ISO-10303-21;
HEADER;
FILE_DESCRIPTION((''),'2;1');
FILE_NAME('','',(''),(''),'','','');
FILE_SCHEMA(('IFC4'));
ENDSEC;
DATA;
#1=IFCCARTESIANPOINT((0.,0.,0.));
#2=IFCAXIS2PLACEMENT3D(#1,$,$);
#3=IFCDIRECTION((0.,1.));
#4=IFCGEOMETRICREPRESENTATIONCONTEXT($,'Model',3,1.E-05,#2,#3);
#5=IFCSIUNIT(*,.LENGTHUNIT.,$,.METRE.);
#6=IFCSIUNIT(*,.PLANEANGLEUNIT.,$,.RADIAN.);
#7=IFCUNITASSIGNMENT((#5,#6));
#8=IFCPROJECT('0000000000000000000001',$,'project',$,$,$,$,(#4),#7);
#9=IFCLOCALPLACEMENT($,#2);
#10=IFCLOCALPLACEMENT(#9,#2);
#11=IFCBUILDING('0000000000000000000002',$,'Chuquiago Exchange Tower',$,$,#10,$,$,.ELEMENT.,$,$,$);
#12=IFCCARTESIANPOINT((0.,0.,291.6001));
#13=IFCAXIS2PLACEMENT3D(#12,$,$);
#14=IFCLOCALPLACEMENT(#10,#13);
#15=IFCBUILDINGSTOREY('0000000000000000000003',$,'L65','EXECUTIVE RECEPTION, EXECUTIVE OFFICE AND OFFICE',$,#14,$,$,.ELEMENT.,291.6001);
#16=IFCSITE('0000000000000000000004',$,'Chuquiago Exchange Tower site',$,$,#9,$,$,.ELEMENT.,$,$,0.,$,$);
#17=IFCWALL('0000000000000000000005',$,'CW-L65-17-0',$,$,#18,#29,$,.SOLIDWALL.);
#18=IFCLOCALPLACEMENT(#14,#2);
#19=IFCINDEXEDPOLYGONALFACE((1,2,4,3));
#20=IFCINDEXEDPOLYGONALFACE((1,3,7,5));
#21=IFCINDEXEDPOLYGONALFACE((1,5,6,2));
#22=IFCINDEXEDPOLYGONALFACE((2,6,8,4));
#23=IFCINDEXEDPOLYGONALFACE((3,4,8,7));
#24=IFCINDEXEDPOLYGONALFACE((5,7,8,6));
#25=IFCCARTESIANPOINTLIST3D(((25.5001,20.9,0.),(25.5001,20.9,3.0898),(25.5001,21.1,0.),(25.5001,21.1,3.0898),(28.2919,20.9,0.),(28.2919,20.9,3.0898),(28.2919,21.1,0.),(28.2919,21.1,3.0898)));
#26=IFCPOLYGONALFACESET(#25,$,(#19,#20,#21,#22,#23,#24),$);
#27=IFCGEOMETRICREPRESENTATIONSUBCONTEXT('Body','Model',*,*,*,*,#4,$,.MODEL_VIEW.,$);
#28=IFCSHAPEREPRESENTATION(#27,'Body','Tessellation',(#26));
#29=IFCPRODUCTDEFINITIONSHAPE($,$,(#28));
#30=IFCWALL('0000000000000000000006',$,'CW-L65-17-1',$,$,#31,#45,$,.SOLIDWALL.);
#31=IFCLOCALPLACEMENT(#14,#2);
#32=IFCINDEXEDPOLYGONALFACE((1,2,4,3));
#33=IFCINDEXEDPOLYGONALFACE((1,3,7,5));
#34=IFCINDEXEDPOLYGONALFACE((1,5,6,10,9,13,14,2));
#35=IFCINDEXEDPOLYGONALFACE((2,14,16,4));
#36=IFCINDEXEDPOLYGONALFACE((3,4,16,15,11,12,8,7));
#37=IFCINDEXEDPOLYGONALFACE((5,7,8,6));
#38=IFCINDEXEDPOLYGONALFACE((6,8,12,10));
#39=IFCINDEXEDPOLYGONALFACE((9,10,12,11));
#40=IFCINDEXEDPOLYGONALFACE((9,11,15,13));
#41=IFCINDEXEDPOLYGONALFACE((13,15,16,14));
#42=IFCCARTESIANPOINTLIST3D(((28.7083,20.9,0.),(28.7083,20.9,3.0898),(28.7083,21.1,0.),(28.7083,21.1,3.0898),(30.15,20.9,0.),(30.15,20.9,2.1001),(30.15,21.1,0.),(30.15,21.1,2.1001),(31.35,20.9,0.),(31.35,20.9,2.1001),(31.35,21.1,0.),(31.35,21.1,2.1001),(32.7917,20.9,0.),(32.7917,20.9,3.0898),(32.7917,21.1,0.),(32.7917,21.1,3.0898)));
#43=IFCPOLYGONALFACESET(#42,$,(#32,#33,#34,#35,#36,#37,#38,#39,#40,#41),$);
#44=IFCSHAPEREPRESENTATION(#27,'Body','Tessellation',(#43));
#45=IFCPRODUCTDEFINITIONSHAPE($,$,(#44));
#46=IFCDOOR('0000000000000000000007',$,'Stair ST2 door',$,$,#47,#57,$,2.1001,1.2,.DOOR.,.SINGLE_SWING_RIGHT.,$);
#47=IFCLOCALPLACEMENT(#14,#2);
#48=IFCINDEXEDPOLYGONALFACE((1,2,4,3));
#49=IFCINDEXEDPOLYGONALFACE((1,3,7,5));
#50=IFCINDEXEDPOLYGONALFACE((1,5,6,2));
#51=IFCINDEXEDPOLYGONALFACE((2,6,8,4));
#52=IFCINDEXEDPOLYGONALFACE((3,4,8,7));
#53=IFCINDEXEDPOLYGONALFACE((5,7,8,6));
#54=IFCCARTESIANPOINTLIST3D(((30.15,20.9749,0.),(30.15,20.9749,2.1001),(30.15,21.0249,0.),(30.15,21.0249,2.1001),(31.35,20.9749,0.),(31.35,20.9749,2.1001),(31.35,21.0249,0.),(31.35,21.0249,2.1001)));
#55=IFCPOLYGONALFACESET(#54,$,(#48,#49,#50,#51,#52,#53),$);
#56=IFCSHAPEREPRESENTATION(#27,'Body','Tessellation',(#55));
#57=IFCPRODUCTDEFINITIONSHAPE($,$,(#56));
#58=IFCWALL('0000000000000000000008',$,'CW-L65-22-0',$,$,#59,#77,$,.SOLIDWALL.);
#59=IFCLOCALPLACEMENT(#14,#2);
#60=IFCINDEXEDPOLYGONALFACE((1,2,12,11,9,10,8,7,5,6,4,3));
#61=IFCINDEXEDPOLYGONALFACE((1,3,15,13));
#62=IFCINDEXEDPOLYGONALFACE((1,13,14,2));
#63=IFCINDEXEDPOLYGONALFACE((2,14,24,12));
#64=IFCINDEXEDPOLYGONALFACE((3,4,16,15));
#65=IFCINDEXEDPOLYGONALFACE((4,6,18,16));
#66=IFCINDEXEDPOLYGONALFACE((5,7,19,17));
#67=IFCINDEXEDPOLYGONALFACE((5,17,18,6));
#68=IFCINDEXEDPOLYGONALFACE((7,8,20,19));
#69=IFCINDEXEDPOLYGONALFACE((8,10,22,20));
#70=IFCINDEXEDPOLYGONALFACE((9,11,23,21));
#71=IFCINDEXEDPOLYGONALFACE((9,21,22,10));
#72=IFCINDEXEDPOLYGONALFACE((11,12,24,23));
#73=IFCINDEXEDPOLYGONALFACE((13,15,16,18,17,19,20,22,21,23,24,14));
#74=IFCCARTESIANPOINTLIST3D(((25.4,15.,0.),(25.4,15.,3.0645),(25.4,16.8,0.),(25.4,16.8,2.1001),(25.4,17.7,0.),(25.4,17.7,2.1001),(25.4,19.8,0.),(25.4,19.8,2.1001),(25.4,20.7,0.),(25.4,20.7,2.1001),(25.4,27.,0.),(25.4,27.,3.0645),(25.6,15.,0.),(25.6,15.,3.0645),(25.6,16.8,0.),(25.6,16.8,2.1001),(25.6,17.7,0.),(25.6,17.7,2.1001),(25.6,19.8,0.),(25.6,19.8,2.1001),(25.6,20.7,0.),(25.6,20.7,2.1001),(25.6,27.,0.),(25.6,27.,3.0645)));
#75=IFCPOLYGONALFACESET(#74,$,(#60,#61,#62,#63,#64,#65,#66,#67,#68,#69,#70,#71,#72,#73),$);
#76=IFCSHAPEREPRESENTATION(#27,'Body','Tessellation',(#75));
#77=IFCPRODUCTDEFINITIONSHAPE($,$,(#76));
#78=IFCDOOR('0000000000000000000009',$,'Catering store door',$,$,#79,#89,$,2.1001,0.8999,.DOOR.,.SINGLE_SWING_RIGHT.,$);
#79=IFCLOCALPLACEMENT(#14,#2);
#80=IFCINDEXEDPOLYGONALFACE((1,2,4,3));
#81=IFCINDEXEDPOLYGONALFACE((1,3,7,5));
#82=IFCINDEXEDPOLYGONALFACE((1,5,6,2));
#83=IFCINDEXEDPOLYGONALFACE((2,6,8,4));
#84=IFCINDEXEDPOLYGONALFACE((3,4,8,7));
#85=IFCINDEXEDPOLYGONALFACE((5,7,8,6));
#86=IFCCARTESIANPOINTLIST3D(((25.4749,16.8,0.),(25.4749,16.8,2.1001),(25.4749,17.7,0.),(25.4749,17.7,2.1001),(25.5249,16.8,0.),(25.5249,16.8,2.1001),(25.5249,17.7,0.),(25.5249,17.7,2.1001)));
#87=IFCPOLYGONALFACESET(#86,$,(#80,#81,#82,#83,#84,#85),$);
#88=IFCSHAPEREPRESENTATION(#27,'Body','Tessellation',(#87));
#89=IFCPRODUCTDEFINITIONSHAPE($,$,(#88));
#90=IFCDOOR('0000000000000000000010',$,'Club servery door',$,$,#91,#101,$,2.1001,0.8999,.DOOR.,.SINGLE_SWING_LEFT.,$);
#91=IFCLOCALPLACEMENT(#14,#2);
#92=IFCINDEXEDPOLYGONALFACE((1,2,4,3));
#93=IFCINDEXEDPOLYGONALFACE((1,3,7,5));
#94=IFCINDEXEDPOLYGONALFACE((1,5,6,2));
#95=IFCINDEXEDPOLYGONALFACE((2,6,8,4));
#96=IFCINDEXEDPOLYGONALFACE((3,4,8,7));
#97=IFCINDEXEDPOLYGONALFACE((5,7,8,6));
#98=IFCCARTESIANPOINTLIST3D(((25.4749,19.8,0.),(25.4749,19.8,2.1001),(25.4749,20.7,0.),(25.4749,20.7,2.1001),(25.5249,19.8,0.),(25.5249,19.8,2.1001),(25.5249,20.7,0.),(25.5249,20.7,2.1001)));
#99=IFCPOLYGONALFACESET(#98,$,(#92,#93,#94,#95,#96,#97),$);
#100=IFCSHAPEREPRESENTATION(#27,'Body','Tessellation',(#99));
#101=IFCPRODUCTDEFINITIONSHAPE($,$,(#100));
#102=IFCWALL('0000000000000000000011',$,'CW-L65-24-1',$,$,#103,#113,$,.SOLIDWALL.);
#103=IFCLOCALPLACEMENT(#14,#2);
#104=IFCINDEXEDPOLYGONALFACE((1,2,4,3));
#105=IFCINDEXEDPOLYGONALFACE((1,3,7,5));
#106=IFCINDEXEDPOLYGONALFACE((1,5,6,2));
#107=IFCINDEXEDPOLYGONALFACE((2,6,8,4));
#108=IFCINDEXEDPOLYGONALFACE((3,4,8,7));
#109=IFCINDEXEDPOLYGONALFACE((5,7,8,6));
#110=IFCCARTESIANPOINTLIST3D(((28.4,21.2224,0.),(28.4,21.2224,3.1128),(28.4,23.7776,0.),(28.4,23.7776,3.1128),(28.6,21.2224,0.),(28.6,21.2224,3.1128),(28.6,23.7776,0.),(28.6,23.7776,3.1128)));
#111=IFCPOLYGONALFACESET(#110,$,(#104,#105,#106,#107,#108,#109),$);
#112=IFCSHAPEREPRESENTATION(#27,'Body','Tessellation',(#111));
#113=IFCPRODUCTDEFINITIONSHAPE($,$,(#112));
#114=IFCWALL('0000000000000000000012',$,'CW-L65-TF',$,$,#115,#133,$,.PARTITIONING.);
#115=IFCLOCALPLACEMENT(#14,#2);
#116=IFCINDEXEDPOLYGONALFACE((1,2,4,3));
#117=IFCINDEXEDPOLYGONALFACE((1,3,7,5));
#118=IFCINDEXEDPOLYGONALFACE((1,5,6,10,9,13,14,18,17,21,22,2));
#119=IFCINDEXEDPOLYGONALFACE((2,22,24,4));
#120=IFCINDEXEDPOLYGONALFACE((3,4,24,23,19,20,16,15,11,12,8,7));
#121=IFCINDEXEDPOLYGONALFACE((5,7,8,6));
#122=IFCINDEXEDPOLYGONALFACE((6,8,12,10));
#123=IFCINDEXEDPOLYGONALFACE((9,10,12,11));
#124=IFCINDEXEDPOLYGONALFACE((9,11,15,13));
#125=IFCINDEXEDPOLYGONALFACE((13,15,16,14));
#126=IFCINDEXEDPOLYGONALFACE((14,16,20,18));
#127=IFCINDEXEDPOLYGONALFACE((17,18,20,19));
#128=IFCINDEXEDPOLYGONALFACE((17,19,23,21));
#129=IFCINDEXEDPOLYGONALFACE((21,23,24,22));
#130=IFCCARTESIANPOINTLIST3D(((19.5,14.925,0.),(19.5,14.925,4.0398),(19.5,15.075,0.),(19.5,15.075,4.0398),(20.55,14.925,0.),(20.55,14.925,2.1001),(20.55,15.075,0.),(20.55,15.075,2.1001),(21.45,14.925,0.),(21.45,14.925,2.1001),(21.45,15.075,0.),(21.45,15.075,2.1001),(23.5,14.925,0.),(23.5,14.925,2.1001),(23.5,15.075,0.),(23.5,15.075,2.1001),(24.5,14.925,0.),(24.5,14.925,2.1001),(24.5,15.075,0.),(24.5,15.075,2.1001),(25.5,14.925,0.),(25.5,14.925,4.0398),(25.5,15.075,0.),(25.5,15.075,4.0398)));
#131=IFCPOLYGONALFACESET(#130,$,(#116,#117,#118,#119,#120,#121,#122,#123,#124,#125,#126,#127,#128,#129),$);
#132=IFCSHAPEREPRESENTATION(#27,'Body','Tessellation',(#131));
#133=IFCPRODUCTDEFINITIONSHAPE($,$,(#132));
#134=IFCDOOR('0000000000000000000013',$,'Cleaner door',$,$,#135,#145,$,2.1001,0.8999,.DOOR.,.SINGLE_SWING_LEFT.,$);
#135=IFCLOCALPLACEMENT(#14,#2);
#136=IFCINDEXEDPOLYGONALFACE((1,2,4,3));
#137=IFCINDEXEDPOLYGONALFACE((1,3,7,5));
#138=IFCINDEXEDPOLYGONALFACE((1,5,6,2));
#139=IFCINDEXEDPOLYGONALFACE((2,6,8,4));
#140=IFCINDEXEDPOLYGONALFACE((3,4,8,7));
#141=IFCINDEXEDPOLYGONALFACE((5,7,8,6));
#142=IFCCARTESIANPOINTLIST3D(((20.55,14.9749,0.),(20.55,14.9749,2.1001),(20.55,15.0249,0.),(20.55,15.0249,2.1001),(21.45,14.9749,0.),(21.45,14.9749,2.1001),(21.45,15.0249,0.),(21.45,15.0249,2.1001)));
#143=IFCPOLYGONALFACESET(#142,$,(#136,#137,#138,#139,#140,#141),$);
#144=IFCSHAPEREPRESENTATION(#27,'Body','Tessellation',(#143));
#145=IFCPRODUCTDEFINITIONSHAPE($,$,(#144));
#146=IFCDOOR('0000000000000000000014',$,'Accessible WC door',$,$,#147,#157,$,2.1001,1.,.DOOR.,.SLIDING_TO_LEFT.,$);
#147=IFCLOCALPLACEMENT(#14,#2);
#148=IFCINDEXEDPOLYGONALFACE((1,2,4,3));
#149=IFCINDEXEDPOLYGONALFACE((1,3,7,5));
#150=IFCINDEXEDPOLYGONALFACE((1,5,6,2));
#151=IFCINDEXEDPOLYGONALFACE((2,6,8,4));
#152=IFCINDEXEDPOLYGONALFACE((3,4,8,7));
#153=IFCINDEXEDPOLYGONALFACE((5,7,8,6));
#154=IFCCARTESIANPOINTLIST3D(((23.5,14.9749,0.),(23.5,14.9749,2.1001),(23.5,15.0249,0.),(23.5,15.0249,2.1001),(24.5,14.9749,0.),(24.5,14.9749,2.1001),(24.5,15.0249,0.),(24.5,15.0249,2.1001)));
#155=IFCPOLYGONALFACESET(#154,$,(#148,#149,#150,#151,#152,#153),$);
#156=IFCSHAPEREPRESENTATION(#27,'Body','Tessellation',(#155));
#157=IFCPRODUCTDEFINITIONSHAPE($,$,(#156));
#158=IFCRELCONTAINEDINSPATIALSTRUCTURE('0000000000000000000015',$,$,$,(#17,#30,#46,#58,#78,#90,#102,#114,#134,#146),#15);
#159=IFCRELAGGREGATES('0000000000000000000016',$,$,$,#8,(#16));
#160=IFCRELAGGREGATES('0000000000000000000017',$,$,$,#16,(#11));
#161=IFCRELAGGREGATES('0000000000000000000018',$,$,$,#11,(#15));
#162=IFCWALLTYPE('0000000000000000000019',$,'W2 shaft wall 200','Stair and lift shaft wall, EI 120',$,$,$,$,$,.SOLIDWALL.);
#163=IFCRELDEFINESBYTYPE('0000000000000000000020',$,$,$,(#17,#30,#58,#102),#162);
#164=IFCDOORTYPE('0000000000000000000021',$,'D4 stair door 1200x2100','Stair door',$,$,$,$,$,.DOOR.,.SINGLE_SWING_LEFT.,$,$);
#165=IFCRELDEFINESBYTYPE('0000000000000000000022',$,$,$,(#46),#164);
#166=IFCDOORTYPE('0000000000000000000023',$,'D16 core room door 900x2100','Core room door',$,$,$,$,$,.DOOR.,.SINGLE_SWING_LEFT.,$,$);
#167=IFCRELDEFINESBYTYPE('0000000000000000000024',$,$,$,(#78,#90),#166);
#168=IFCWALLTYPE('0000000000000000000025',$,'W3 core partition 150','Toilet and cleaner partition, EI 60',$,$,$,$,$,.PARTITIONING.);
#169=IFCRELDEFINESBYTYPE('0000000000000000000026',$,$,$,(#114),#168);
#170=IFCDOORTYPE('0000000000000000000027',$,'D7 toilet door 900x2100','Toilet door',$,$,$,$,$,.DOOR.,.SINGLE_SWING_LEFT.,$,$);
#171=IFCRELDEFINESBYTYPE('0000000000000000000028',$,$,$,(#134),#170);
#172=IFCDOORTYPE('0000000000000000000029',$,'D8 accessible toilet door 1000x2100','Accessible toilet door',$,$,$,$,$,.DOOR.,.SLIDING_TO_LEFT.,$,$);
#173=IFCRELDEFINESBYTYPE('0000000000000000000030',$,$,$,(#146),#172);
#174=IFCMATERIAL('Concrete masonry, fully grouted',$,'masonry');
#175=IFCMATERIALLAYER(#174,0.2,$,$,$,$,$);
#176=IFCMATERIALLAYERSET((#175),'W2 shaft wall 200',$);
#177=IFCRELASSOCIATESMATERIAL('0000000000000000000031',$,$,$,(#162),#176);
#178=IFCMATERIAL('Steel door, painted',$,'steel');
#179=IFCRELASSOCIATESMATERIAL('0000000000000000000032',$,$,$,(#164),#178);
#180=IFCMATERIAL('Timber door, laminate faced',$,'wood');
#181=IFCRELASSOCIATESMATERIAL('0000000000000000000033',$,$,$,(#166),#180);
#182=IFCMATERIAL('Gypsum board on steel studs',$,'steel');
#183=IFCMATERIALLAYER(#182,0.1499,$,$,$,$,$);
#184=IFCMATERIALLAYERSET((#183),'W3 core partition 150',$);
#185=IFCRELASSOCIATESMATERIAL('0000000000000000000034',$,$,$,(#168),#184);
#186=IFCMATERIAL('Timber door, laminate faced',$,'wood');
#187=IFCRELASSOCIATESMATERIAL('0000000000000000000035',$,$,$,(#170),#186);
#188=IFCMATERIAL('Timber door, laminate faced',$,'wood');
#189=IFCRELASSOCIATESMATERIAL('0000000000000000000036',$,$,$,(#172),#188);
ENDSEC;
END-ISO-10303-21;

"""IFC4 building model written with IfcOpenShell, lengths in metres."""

from ifc_helpers import new_model, si_unit, direction, frame, frame_2d, origin, place, context, subcontext, project, spatial, rectangle, extrude, material, layer, layer_set, type_object, element, fill, save


model = new_model("IFC4")

# Units and contexts
model_context = context("Model", 3, precision=1e-05, world=origin(), true_north=direction((0.0, 1.0)))
body_context = subcontext(model_context, "Body", "Model", "MODEL_VIEW")
ifc_project = project(units=[si_unit("LENGTHUNIT", "METRE"), si_unit("PLANEANGLEUNIT", "RADIAN")], contexts=[model_context])

# Site, building, storey
site_placement = place(None, origin())
site = spatial("IfcSite", under=ifc_project, at=site_placement, Name="Chuquiago Exchange Tower site", CompositionType="ELEMENT", RefElevation=0.0)
building_placement = place(site_placement, origin())
building = spatial("IfcBuilding", under=site, at=building_placement, Name="Chuquiago Exchange Tower", CompositionType="ELEMENT")
storey_placement = place(building_placement, frame((0.0, 0.0, 291.6001)))
storey = spatial("IfcBuildingStorey", under=building, at=storey_placement, Name="L65", Description="EXECUTIVE RECEPTION, EXECUTIVE OFFICE AND OFFICE", CompositionType="ELEMENT", Elevation=291.6001)

# Shared definitions
ifc_material_1 = material(Name="Concrete masonry, fully grouted", Category="masonry")
ifc_layer_1 = layer(ifc_material_1, 0.2)
ifc_layer_set_1 = layer_set([ifc_layer_1], Name="W2 shaft wall 200")
wall_type_1 = type_object("IfcWallType", Name="W2 shaft wall 200", Description="Stair and lift shaft wall, EI 120", PredefinedType="SOLIDWALL", material=ifc_layer_set_1)

# Wall
wall_1_placement = place(storey_placement, frame((25.5, 21.0, 0.0), z_axis=(0.0, 0.0, 1.0), x_axis=(1.0, 0.0, 0.0)))
element("IfcWall", 1, at=wall_1_placement, inside=storey, type_object=wall_type_1, Name="CW-L65-17-0", PredefinedType="SOLIDWALL", context=body_context, shape_type="SweptSolid", body=[
    extrude(rectangle(XDim=2.7917, YDim=0.2, at=frame_2d((1.396, 0.0))), origin(), (0.0, 0.0, 1.0), 3.0898),
])

# Wall, opening, door
wall_2_placement = place(storey_placement, frame((28.7083, 21.0, 0.0), z_axis=(0.0, 0.0, 1.0), x_axis=(1.0, 0.0, 0.0)))
wall_2 = element("IfcWall", 2, at=wall_2_placement, inside=storey, type_object=wall_type_1, Name="CW-L65-17-1", PredefinedType="SOLIDWALL", context=body_context, shape_type="SweptSolid", body=[
    extrude(rectangle(XDim=4.0835, YDim=0.2, at=frame_2d((2.0417, 0.0))), origin(), (0.0, 0.0, 1.0), 3.0898),
])
opening_1_placement = place(wall_2_placement, frame((1.4417, 0.0, 0.0)))
opening_1 = element("IfcOpeningElement", 3, at=opening_1_placement, cuts=wall_2, PredefinedType="OPENING", context=body_context, shape_type="SweptSolid", body=[
    extrude(rectangle(XDim=1.2, YDim=2.1001, at=frame_2d((0.6001, 1.05))), frame((0.0, 0.1099, 0.0), z_axis=(0.0, -1.0, 0.0), x_axis=(1.0, 0.0, 0.0)), (0.0, 0.0, 1.0), 0.22),
])
ifc_material_2 = material(Name="Steel door, painted", Category="steel")
door_type_1 = type_object("IfcDoorType", Name="D4 stair door 1200x2100", Description="Stair door", OperationType="SINGLE_SWING_LEFT", PredefinedType="DOOR", material=ifc_material_2)
door_1_placement = place(opening_1_placement, origin())
door_1 = element("IfcDoor", 4, at=door_1_placement, inside=storey, type_object=door_type_1, Name="Stair ST2 door", OperationType="SINGLE_SWING_RIGHT", OverallHeight=2.1001, OverallWidth=1.2, PredefinedType="DOOR", context=body_context, shape_type="SweptSolid", body=[
    extrude(rectangle(XDim=1.2, YDim=2.1001, at=frame_2d((0.6001, 1.05))), frame((0.0, 0.0249, 0.0), z_axis=(0.0, -1.0, 0.0), x_axis=(1.0, 0.0, 0.0)), (0.0, 0.0, 1.0), 0.05),
])
fill(opening_1, door_1)

# Wall, openings, doors
wall_3_placement = place(storey_placement, frame((25.5, 15.0, 0.0), z_axis=(0.0, 0.0, 1.0), x_axis=(0.0, 1.0, 0.0)))
wall_3 = element("IfcWall", 5, at=wall_3_placement, inside=storey, type_object=wall_type_1, Name="CW-L65-22-0", PredefinedType="SOLIDWALL", context=body_context, shape_type="SweptSolid", body=[
    extrude(rectangle(XDim=12.0, YDim=0.2, at=frame_2d((6.0, 0.0))), origin(), (0.0, 0.0, 1.0), 3.0645),
])
opening_2_placement = place(wall_3_placement, frame((1.8, 0.0, 0.0)))
opening_2 = element("IfcOpeningElement", 6, at=opening_2_placement, cuts=wall_3, PredefinedType="OPENING", context=body_context, shape_type="SweptSolid", body=[
    extrude(rectangle(XDim=0.8999, YDim=2.1001, at=frame_2d((0.45, 1.05))), frame((0.0, 0.1099, 0.0), z_axis=(0.0, -1.0, 0.0), x_axis=(1.0, 0.0, 0.0)), (0.0, 0.0, 1.0), 0.22),
])
opening_3_placement = place(wall_3_placement, frame((4.8, 0.0, 0.0)))
opening_3 = element("IfcOpeningElement", 7, at=opening_3_placement, cuts=wall_3, PredefinedType="OPENING", context=body_context, shape_type="SweptSolid", body=[
    extrude(rectangle(XDim=0.8999, YDim=2.1001, at=frame_2d((0.45, 1.05))), frame((0.0, 0.1099, 0.0), z_axis=(0.0, -1.0, 0.0), x_axis=(1.0, 0.0, 0.0)), (0.0, 0.0, 1.0), 0.22),
])
ifc_material_3 = material(Name="Timber door, laminate faced", Category="wood")
door_type_2 = type_object("IfcDoorType", Name="D16 core room door 900x2100", Description="Core room door", OperationType="SINGLE_SWING_LEFT", PredefinedType="DOOR", material=ifc_material_3)
door_2_placement = place(opening_2_placement, frame((0.8999, 0.0, 0.0), z_axis=(0.0, 0.0, 1.0), x_axis=(-1.0, 0.0, 0.0)))
door_2 = element("IfcDoor", 8, at=door_2_placement, inside=storey, type_object=door_type_2, Name="Catering store door", OperationType="SINGLE_SWING_RIGHT", OverallHeight=2.1001, OverallWidth=0.8999, PredefinedType="DOOR", context=body_context, shape_type="SweptSolid", body=[
    extrude(rectangle(XDim=0.8999, YDim=2.1001, at=frame_2d((0.45, 1.05))), frame((0.0, 0.0249, 0.0), z_axis=(0.0, -1.0, 0.0), x_axis=(1.0, 0.0, 0.0)), (0.0, 0.0, 1.0), 0.05),
])
fill(opening_2, door_2)
door_3_placement = place(opening_3_placement, frame((0.8999, 0.0, 0.0), z_axis=(0.0, 0.0, 1.0), x_axis=(-1.0, 0.0, 0.0)))
door_3 = element("IfcDoor", 9, at=door_3_placement, inside=storey, type_object=door_type_2, Name="Club servery door", OperationType="SINGLE_SWING_LEFT", OverallHeight=2.1001, OverallWidth=0.8999, PredefinedType="DOOR", context=body_context, shape_type="SweptSolid", body=[
    extrude(rectangle(XDim=0.8999, YDim=2.1001, at=frame_2d((0.45, 1.05))), frame((0.0, 0.0249, 0.0), z_axis=(0.0, -1.0, 0.0), x_axis=(1.0, 0.0, 0.0)), (0.0, 0.0, 1.0), 0.05),
])
fill(opening_3, door_3)

# Wall
wall_4_placement = place(storey_placement, frame((28.5, 21.2224, 0.0), z_axis=(0.0, 0.0, 1.0), x_axis=(0.0, 1.0, 0.0)))
element("IfcWall", 10, at=wall_4_placement, inside=storey, type_object=wall_type_1, Name="CW-L65-24-1", PredefinedType="SOLIDWALL", context=body_context, shape_type="SweptSolid", body=[
    extrude(rectangle(XDim=2.5552, YDim=0.2, at=frame_2d((1.2776, 0.0))), origin(), (0.0, 0.0, 1.0), 3.1128),
])

# Wall, openings, doors
ifc_material_4 = material(Name="Gypsum board on steel studs", Category="steel")
ifc_layer_2 = layer(ifc_material_4, 0.1499)
ifc_layer_set_2 = layer_set([ifc_layer_2], Name="W3 core partition 150")
wall_type_2 = type_object("IfcWallType", Name="W3 core partition 150", Description="Toilet and cleaner partition, EI 60", PredefinedType="PARTITIONING", material=ifc_layer_set_2)
wall_5_placement = place(storey_placement, frame((19.5, 15.0, 0.0), z_axis=(0.0, 0.0, 1.0), x_axis=(1.0, 0.0, 0.0)))
wall_5 = element("IfcWall", 11, at=wall_5_placement, inside=storey, type_object=wall_type_2, Name="CW-L65-TF", PredefinedType="PARTITIONING", context=body_context, shape_type="SweptSolid", body=[
    extrude(rectangle(XDim=6.0, YDim=0.1499, at=frame_2d((3.0, 0.0))), origin(), (0.0, 0.0, 1.0), 4.0398),
])
opening_4_placement = place(wall_5_placement, frame((4.0, 0.0, 0.0)))
opening_4 = element("IfcOpeningElement", 12, at=opening_4_placement, cuts=wall_5, PredefinedType="OPENING", context=body_context, shape_type="SweptSolid", body=[
    extrude(rectangle(XDim=1.0, YDim=2.1001, at=frame_2d((0.5, 1.05))), frame((0.0, 0.085, 0.0), z_axis=(0.0, -1.0, 0.0), x_axis=(1.0, 0.0, 0.0)), (0.0, 0.0, 1.0), 0.1699),
])
opening_5_placement = place(wall_5_placement, frame((1.05, 0.0, 0.0)))
opening_5 = element("IfcOpeningElement", 13, at=opening_5_placement, cuts=wall_5, PredefinedType="OPENING", context=body_context, shape_type="SweptSolid", body=[
    extrude(rectangle(XDim=0.8999, YDim=2.1001, at=frame_2d((0.45, 1.05))), frame((0.0, 0.085, 0.0), z_axis=(0.0, -1.0, 0.0), x_axis=(1.0, 0.0, 0.0)), (0.0, 0.0, 1.0), 0.1699),
])
ifc_material_5 = material(Name="Timber door, laminate faced", Category="wood")
door_type_3 = type_object("IfcDoorType", Name="D7 toilet door 900x2100", Description="Toilet door", OperationType="SINGLE_SWING_LEFT", PredefinedType="DOOR", material=ifc_material_5)
door_4_placement = place(opening_5_placement, origin())
door_4 = element("IfcDoor", 14, at=door_4_placement, inside=storey, type_object=door_type_3, Name="Cleaner door", OperationType="SINGLE_SWING_LEFT", OverallHeight=2.1001, OverallWidth=0.8999, PredefinedType="DOOR", context=body_context, shape_type="SweptSolid", body=[
    extrude(rectangle(XDim=0.8999, YDim=2.1001, at=frame_2d((0.45, 1.05))), frame((0.0, 0.0249, 0.0), z_axis=(0.0, -1.0, 0.0), x_axis=(1.0, 0.0, 0.0)), (0.0, 0.0, 1.0), 0.05),
])
fill(opening_5, door_4)
ifc_material_6 = material(Name="Timber door, laminate faced", Category="wood")
door_type_4 = type_object("IfcDoorType", Name="D8 accessible toilet door 1000x2100", Description="Accessible toilet door", OperationType="SLIDING_TO_LEFT", PredefinedType="DOOR", material=ifc_material_6)
door_5_placement = place(opening_4_placement, origin())
door_5 = element("IfcDoor", 15, at=door_5_placement, inside=storey, type_object=door_type_4, Name="Accessible WC door", OperationType="SLIDING_TO_LEFT", OverallHeight=2.1001, OverallWidth=1.0, PredefinedType="DOOR", context=body_context, shape_type="SweptSolid", body=[
    extrude(rectangle(XDim=1.0, YDim=2.1001, at=frame_2d((0.5, 1.05))), frame((0.0, 0.0249, 0.0), z_axis=(0.0, -1.0, 0.0), x_axis=(1.0, 0.0, 0.0)), (0.0, 0.0, 1.0), 0.05),
])
fill(opening_4, door_5)

save(model, "model.ifc")
